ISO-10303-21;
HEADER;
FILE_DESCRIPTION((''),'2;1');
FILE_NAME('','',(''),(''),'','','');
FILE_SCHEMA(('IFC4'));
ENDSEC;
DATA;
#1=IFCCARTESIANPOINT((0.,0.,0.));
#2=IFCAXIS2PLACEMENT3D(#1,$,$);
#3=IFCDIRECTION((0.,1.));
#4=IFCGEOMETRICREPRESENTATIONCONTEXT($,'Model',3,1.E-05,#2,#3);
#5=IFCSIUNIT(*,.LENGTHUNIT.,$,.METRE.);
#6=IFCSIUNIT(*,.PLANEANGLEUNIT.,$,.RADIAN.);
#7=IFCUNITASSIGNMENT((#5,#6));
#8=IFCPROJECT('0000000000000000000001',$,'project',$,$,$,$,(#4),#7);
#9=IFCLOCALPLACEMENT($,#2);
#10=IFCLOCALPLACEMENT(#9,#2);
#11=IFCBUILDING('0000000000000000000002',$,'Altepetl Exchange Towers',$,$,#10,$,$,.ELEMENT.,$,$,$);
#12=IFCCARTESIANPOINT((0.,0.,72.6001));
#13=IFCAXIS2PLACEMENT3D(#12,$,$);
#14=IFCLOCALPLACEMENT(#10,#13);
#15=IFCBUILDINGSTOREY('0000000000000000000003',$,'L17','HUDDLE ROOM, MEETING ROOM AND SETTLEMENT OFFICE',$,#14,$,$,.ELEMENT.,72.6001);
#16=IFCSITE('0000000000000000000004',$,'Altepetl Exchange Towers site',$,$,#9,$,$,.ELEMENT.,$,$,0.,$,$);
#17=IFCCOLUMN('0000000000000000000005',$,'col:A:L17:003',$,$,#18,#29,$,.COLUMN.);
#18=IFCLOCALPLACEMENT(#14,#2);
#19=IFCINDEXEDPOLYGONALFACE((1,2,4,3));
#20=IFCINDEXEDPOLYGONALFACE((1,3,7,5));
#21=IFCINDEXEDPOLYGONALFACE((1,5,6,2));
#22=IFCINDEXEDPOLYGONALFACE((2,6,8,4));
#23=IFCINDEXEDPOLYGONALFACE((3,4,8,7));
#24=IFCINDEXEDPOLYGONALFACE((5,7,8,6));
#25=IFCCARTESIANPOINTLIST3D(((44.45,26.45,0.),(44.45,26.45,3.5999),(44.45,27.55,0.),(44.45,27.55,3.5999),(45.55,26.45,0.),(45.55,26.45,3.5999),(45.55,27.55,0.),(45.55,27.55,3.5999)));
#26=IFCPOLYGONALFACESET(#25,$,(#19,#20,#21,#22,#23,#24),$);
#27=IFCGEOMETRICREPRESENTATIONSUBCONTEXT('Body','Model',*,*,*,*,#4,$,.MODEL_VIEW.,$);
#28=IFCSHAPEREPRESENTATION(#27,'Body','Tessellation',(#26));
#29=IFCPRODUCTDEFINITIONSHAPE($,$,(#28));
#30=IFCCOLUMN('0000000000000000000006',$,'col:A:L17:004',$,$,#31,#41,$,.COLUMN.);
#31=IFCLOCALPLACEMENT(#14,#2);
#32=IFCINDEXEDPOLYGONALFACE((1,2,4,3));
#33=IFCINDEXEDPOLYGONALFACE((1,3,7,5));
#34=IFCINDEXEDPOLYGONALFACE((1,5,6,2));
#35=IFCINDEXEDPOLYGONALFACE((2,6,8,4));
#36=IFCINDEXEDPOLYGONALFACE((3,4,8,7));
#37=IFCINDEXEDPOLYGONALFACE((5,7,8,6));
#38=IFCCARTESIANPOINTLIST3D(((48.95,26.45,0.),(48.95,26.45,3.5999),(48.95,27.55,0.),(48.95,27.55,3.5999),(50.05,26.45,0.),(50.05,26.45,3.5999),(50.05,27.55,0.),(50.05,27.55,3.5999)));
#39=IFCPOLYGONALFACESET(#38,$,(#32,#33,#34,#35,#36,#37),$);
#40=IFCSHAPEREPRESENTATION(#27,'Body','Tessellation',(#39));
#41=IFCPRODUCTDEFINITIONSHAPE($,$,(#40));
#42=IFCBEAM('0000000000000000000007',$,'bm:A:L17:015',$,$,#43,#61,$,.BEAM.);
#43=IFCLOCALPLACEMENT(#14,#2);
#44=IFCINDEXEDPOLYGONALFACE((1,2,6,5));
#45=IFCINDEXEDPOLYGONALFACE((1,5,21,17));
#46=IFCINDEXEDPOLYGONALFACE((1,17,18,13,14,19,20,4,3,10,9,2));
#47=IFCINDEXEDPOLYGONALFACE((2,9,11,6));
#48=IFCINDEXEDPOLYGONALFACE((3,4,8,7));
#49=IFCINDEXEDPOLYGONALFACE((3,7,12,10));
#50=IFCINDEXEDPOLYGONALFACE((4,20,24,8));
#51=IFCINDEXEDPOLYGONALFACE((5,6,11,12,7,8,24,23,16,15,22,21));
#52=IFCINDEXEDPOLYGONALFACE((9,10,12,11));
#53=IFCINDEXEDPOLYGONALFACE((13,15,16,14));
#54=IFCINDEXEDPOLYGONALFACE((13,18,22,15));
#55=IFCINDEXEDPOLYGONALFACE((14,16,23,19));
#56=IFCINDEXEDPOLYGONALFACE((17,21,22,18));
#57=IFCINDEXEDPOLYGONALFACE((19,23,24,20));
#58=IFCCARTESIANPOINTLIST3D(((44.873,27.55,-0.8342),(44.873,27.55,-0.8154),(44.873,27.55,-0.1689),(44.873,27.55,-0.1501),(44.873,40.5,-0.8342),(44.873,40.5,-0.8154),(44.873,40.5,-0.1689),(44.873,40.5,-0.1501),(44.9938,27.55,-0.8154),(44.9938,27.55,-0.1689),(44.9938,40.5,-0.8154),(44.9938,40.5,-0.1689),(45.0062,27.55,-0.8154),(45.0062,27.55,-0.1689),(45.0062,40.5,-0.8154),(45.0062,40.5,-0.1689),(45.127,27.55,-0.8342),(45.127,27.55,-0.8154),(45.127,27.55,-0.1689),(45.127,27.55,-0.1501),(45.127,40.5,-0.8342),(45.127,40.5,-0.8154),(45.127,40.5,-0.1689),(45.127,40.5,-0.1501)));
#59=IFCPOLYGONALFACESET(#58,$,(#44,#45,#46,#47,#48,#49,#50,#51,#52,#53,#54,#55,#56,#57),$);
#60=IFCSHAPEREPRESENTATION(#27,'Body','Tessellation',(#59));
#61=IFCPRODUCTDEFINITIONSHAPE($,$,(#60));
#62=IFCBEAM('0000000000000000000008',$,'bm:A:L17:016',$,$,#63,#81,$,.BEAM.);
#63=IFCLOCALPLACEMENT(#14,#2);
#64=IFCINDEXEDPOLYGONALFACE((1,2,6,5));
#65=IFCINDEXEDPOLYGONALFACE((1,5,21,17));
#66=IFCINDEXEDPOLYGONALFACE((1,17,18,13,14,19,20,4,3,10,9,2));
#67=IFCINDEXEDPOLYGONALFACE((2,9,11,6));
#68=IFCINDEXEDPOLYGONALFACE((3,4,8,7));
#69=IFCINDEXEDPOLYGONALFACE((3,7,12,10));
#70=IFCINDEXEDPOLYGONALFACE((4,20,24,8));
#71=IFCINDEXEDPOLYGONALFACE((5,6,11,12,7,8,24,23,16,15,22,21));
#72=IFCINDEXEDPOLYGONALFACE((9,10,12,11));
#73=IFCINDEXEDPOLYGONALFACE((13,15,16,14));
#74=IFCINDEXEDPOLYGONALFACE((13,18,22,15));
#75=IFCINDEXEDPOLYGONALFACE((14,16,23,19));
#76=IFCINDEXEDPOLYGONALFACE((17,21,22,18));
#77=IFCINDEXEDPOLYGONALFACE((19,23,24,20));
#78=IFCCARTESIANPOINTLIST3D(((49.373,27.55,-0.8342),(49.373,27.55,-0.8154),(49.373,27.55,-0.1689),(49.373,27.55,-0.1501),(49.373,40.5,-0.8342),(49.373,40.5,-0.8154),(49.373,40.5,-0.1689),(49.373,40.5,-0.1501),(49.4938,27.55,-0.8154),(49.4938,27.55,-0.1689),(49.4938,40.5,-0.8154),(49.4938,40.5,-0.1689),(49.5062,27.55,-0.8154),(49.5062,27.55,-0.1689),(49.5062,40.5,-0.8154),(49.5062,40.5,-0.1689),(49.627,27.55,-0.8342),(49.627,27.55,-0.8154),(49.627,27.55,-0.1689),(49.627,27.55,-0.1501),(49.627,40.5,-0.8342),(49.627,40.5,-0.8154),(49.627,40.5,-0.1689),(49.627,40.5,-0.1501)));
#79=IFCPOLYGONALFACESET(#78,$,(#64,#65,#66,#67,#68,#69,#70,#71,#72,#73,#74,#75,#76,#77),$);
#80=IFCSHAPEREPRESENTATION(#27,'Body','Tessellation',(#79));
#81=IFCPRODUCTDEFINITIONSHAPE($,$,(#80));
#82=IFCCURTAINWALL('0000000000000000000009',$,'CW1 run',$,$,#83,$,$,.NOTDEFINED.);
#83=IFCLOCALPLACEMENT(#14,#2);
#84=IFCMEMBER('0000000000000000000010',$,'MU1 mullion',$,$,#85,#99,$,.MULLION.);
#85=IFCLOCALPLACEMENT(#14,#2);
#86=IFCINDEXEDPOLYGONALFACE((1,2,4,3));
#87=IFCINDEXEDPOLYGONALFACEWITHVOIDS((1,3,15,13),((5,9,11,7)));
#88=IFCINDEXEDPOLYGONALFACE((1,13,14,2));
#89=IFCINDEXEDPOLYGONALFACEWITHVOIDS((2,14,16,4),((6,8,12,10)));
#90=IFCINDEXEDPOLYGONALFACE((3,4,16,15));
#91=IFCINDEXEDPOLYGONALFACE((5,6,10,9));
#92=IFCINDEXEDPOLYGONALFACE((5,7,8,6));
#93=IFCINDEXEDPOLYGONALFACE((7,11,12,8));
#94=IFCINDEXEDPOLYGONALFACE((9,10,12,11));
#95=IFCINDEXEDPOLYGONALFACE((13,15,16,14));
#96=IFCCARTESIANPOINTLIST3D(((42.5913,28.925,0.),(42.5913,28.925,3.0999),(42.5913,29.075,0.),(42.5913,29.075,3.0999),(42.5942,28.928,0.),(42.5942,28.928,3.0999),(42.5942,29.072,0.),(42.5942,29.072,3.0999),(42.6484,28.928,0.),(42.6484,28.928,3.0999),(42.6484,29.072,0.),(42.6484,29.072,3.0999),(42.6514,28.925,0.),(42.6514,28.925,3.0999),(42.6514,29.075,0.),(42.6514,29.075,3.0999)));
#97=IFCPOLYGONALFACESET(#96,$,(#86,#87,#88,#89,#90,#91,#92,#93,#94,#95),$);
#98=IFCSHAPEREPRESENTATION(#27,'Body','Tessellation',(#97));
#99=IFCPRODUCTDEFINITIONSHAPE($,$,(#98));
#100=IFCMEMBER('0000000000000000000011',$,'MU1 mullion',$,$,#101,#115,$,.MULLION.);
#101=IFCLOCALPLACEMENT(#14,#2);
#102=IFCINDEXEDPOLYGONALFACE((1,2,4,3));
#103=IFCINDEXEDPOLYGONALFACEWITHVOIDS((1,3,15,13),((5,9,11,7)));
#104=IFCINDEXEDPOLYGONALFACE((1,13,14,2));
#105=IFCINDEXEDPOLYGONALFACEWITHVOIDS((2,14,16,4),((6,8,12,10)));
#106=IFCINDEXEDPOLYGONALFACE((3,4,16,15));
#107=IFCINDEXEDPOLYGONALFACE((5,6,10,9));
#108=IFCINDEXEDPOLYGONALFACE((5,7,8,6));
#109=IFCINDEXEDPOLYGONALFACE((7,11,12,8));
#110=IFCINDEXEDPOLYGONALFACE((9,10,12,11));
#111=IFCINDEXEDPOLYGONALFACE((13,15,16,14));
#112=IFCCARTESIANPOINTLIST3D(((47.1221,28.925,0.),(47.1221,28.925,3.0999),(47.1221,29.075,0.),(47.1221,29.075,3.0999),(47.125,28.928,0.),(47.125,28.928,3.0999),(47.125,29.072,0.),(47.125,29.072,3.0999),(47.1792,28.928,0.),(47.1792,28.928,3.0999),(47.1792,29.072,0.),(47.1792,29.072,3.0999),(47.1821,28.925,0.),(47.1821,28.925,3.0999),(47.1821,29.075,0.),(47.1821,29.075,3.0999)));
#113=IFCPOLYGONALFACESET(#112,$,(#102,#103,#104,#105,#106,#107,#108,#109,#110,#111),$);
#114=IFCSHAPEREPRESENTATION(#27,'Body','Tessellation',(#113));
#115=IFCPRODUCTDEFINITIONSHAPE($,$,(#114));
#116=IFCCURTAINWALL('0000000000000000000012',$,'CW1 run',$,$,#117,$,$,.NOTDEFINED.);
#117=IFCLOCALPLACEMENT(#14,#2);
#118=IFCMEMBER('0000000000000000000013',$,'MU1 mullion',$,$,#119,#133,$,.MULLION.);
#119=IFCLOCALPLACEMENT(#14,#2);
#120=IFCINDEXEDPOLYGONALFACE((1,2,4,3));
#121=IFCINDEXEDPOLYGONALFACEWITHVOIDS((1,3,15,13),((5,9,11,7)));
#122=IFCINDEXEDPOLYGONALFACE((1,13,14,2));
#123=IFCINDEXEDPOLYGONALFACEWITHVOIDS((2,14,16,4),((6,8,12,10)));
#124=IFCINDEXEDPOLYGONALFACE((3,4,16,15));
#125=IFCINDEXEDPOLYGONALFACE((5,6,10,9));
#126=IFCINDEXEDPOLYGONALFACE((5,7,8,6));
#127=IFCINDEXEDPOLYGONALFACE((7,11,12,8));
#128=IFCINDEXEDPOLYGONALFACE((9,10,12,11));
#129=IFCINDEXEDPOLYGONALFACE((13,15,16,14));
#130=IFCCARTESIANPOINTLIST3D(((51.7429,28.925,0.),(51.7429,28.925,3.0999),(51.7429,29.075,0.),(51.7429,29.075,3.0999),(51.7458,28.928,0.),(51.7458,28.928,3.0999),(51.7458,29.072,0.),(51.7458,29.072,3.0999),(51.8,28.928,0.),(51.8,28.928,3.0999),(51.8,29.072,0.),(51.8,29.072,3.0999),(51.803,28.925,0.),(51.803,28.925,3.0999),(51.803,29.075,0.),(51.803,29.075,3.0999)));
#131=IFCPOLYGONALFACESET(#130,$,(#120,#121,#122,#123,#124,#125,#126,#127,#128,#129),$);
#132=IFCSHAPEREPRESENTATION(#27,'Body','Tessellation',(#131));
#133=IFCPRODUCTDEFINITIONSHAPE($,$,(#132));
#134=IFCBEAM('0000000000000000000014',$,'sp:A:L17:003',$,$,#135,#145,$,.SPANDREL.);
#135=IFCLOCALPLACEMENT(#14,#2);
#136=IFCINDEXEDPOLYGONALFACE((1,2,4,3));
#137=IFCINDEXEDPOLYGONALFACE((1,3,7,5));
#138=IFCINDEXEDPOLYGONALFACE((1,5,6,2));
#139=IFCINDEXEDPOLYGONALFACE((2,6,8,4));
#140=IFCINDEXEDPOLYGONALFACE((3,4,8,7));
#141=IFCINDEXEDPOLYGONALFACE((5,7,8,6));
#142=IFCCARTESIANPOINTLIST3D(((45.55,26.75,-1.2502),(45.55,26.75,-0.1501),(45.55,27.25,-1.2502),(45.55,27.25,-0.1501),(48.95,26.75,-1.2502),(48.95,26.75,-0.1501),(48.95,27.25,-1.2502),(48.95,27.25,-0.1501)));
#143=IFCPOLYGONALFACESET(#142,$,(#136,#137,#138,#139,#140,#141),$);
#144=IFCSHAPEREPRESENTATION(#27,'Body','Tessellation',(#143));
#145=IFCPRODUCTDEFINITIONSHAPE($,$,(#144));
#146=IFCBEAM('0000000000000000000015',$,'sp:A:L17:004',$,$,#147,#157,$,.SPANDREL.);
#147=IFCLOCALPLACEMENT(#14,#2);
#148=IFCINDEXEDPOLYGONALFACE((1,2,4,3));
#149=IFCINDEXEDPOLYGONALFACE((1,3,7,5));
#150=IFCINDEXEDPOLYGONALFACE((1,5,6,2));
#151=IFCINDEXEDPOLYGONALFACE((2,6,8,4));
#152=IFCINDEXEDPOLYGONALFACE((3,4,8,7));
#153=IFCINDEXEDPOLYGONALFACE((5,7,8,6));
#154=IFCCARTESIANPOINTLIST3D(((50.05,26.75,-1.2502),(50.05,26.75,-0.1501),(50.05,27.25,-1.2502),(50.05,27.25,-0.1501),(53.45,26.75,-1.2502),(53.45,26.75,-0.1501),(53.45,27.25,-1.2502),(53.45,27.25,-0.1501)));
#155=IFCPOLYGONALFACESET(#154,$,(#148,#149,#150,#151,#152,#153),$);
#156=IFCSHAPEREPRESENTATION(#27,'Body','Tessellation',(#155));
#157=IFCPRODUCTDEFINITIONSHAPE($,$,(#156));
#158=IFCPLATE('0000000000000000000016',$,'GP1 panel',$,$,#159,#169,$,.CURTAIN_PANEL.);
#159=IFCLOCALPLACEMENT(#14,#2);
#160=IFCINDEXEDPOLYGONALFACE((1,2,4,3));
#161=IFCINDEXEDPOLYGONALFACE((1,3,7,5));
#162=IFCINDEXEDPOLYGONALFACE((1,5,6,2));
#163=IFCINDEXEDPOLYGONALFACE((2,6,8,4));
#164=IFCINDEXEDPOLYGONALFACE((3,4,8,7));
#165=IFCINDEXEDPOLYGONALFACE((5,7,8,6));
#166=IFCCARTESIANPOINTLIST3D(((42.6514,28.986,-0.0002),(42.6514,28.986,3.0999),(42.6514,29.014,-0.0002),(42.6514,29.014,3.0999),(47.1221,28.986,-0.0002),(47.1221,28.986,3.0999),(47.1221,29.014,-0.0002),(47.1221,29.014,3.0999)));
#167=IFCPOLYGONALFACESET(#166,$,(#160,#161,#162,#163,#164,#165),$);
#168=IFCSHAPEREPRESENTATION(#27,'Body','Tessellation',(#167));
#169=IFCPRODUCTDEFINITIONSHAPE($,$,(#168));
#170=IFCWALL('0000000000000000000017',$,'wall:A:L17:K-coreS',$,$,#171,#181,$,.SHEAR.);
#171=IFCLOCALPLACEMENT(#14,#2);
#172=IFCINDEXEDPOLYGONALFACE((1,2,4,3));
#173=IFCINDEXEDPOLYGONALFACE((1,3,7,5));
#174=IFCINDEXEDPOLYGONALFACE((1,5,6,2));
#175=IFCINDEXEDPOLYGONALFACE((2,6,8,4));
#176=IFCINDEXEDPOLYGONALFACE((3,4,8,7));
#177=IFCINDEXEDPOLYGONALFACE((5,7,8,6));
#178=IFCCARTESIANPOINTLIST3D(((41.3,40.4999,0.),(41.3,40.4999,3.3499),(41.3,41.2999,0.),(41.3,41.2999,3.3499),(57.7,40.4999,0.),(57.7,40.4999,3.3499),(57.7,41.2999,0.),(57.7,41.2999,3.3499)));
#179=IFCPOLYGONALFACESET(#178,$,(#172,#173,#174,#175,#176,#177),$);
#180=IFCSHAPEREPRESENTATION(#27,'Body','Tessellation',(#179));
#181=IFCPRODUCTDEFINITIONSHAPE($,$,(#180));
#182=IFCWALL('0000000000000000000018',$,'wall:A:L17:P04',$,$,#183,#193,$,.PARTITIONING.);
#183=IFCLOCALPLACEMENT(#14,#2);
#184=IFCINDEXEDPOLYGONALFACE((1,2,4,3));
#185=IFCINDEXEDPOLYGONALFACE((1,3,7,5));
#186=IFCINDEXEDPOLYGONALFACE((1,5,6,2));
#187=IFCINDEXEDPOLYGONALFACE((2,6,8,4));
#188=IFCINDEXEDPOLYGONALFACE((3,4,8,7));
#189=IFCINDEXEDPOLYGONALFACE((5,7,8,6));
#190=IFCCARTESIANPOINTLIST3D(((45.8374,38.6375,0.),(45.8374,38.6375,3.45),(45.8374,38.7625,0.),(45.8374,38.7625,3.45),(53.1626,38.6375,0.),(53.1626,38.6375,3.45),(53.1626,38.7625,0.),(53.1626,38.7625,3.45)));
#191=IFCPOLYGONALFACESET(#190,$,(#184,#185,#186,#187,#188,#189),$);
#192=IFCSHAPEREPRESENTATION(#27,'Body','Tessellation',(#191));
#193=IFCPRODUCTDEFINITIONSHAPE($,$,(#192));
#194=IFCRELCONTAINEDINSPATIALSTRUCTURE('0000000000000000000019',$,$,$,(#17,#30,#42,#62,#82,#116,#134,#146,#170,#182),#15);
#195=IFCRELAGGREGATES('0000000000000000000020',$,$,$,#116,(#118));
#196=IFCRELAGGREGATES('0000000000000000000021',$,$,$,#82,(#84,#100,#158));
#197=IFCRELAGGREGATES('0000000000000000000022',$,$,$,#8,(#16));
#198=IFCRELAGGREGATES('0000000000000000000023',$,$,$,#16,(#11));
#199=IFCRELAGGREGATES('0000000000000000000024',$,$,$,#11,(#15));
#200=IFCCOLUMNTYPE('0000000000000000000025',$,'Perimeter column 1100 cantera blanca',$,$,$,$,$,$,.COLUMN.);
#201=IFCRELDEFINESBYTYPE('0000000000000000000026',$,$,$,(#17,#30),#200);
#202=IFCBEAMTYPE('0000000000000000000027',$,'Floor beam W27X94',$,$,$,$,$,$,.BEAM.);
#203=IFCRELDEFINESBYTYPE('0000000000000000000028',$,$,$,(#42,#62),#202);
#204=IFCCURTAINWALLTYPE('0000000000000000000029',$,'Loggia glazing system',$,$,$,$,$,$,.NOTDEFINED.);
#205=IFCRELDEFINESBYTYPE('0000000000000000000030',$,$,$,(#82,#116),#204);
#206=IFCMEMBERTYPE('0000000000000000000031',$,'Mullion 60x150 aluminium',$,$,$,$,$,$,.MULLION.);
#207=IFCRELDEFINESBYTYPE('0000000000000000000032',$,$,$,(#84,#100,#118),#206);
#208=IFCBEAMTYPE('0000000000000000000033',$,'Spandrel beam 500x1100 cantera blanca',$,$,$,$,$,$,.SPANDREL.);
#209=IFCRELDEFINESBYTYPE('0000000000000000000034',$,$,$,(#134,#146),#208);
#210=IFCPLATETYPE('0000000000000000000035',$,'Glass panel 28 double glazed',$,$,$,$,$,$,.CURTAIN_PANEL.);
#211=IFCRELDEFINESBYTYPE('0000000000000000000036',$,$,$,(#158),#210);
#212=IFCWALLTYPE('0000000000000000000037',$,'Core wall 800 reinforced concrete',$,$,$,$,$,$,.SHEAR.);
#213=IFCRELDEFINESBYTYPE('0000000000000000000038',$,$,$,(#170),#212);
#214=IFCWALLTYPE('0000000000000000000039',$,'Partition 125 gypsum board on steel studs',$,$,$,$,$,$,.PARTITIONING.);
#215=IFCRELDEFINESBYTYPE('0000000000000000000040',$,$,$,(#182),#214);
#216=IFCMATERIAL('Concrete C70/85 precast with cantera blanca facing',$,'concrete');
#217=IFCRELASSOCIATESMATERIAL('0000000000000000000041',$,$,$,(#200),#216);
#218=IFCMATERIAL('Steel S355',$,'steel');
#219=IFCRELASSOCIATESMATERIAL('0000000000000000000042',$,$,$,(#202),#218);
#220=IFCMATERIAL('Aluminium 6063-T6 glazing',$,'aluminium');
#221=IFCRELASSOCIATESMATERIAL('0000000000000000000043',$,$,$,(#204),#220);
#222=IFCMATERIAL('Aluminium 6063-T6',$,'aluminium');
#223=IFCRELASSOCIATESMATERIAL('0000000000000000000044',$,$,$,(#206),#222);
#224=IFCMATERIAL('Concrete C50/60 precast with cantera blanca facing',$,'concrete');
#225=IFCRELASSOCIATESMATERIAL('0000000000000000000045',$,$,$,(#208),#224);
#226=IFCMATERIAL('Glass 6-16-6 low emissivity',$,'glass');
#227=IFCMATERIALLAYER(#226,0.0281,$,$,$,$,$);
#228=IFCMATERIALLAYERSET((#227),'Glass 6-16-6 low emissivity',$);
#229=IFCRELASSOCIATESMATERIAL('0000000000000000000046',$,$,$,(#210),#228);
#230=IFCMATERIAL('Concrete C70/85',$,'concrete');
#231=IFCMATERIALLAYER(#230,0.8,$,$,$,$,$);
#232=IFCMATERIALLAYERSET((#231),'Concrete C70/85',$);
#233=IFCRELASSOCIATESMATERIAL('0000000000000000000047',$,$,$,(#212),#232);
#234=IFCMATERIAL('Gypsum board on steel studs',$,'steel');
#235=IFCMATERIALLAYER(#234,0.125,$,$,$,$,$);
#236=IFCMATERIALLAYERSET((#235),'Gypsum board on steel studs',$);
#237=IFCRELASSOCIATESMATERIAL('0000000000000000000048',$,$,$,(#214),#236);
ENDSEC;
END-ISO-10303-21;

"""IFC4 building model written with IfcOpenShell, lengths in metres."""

from ifc_helpers import new_model, si_unit, direction, frame, frame_2d, origin, origin_2d, place, context, subcontext, project, spatial, rectangle, hollow_rectangle, i_section, extrude, material, layer, layer_set, material_profile, profile_set, type_object, element, aggregate, save


model = new_model("IFC4")

# Units and contexts
model_context = context("Model", 3, precision=1e-05, world=origin(), true_north=direction((0.0, 1.0)))
body_context = subcontext(model_context, "Body", "Model", "MODEL_VIEW")
ifc_project = project(units=[si_unit("LENGTHUNIT", "METRE"), si_unit("PLANEANGLEUNIT", "RADIAN")], contexts=[model_context])

# Site, building, storey
site_placement = place(None, origin())
site = spatial("IfcSite", under=ifc_project, at=site_placement, Name="Altepetl Exchange Towers site", CompositionType="ELEMENT", RefElevation=0.0)
building_placement = place(site_placement, origin())
building = spatial("IfcBuilding", under=site, at=building_placement, Name="Altepetl Exchange Towers", CompositionType="ELEMENT")
storey_placement = place(building_placement, frame((0.0, 0.0, 72.6001)))
storey = spatial("IfcBuildingStorey", under=building, at=storey_placement, Name="L17", Description="HUDDLE ROOM, MEETING ROOM AND SETTLEMENT OFFICE", CompositionType="ELEMENT", Elevation=72.6001)

# Columns
ifc_material_1 = material(Name="Concrete C70/85 precast with cantera blanca facing", Category="concrete")
ifc_material_profile_1 = material_profile(ifc_material_1, rectangle(XDim=1.1001, YDim=1.1001, at=origin_2d()), Name="1100 x 1100")
ifc_profile_set_1 = profile_set([ifc_material_profile_1], Name="Concrete C70/85 precast with cantera blanca facing")
column_type = type_object("IfcColumnType", Name="Perimeter column 1100 cantera blanca", PredefinedType="COLUMN", material=ifc_profile_set_1)
for number, where, name in (
    (1, (45.0, 27.0, 0.0), "col:A:L17:003"),
    (2, (49.5, 27.0, 0.0), "col:A:L17:004"),
):
    element("IfcColumn", number, at=place(storey_placement, frame(where)), inside=storey, type_object=column_type, Name=name, PredefinedType="COLUMN", context=body_context, shape_type="SweptSolid", body=[
        extrude(rectangle(XDim=1.1001, YDim=1.1001, at=origin_2d()), origin(), (0.0, 0.0, 1.0), 3.5999),
    ])

# Beams
ifc_material_2 = material(Name="Steel S355", Category="steel")
ifc_material_profile_2 = material_profile(ifc_material_2, i_section(OverallWidth=0.2539, OverallDepth=0.6841, WebThickness=0.0125, FlangeThickness=0.0188, at=origin_2d()), Name="W27X94")
ifc_profile_set_2 = profile_set([ifc_material_profile_2], Name="Steel S355")
beam_type_1 = type_object("IfcBeamType", Name="Floor beam W27X94", PredefinedType="BEAM", material=ifc_profile_set_2)
for number, where, z_axis, x_axis, name in (
    (3, (45.0, 27.55, -0.4922), (0.0, 1.0, 0.0), (-1.0, 0.0, 0.0), "bm:A:L17:015"),
    (4, (49.5, 27.55, -0.4922), (0.0, 1.0, 0.0), (-1.0, 0.0, 0.0), "bm:A:L17:016"),
):
    element("IfcBeam", number, at=place(storey_placement, frame(where, z_axis=z_axis, x_axis=x_axis)), inside=storey, type_object=beam_type_1, Name=name, PredefinedType="BEAM", context=body_context, shape_type="SweptSolid", body=[
        extrude(i_section(OverallWidth=0.2539, OverallDepth=0.6841, WebThickness=0.0125, FlangeThickness=0.0188, at=origin_2d()), origin(), (0.0, 0.0, 1.0), 12.95),
    ])

# Curtain wall, members
ifc_material_3 = material(Name="Aluminium 6063-T6 glazing", Category="aluminium")
curtain_wall_type = type_object("IfcCurtainWallType", Name="Loggia glazing system", PredefinedType="NOTDEFINED", material=ifc_material_3)
curtain_wall_1_placement = place(storey_placement, origin())
curtain_wall_1 = element("IfcCurtainWall", 5, at=curtain_wall_1_placement, inside=storey, type_object=curtain_wall_type, Name="CW1 run", PredefinedType="NOTDEFINED")
ifc_material_4 = material(Name="Aluminium 6063-T6", Category="aluminium")
ifc_material_profile_3 = material_profile(ifc_material_4, hollow_rectangle(XDim=0.0601, YDim=0.1499, WallThickness=0.0029, at=origin_2d()), Name="Mullion 60x150 aluminium")
ifc_profile_set_3 = profile_set([ifc_material_profile_3], Name="Aluminium 6063-T6")
member_type = type_object("IfcMemberType", Name="Mullion 60x150 aluminium", PredefinedType="MULLION", material=ifc_profile_set_3)
member_1_placement = place(storey_placement, frame((42.6213, 29.0, 0.0)))
member_1 = element("IfcMember", 6, at=member_1_placement, type_object=member_type, Name="MU1 mullion", PredefinedType="MULLION", context=body_context, shape_type="SweptSolid", body=[
    extrude(hollow_rectangle(XDim=0.0601, YDim=0.1499, WallThickness=0.0029, at=origin_2d()), origin(), (0.0, 0.0, 1.0), 3.0999),
])
member_2_placement = place(storey_placement, frame((47.1521, 29.0, 0.0)))
member_2 = element("IfcMember", 7, at=member_2_placement, type_object=member_type, Name="MU1 mullion", PredefinedType="MULLION", context=body_context, shape_type="SweptSolid", body=[
    extrude(hollow_rectangle(XDim=0.0601, YDim=0.1499, WallThickness=0.0029, at=origin_2d()), origin(), (0.0, 0.0, 1.0), 3.0999),
])

# Curtain wall, member
curtain_wall_2_placement = place(storey_placement, origin())
curtain_wall_2 = element("IfcCurtainWall", 8, at=curtain_wall_2_placement, inside=storey, type_object=curtain_wall_type, Name="CW1 run", PredefinedType="NOTDEFINED")
member_3_placement = place(storey_placement, frame((51.7729, 29.0, 0.0)))
member_3 = element("IfcMember", 9, at=member_3_placement, type_object=member_type, Name="MU1 mullion", PredefinedType="MULLION", context=body_context, shape_type="SweptSolid", body=[
    extrude(hollow_rectangle(XDim=0.0601, YDim=0.1499, WallThickness=0.0029, at=origin_2d()), origin(), (0.0, 0.0, 1.0), 3.0999),
])
aggregate(curtain_wall_2, [member_3])

# Beams
ifc_material_5 = material(Name="Concrete C50/60 precast with cantera blanca facing", Category="concrete")
ifc_material_profile_4 = material_profile(ifc_material_5, rectangle(XDim=0.5, YDim=1.1001, at=origin_2d()), Name="500 x 1100")
ifc_profile_set_4 = profile_set([ifc_material_profile_4], Name="Concrete C50/60 precast with cantera blanca facing")
beam_type_2 = type_object("IfcBeamType", Name="Spandrel beam 500x1100 cantera blanca", PredefinedType="SPANDREL", material=ifc_profile_set_4)
for number, where, z_axis, x_axis, name in (
    (10, (45.55, 27.0, -0.7002), (1.0, 0.0, 0.0), (0.0, 1.0, 0.0), "sp:A:L17:003"),
    (11, (50.05, 27.0, -0.7002), (1.0, 0.0, 0.0), (0.0, 1.0, 0.0), "sp:A:L17:004"),
):
    element("IfcBeam", number, at=place(storey_placement, frame(where, z_axis=z_axis, x_axis=x_axis)), inside=storey, type_object=beam_type_2, Name=name, PredefinedType="SPANDREL", context=body_context, shape_type="SweptSolid", body=[
        extrude(rectangle(XDim=0.5, YDim=1.1001, at=origin_2d()), origin(), (0.0, 0.0, 1.0), 3.3999),
    ])

# Plate
ifc_material_6 = material(Name="Glass 6-16-6 low emissivity", Category="glass")
ifc_layer_1 = layer(ifc_material_6, 0.0281)
ifc_layer_set_1 = layer_set([ifc_layer_1], Name="Glass 6-16-6 low emissivity")
plate_type = type_object("IfcPlateType", Name="Glass panel 28 double glazed", PredefinedType="CURTAIN_PANEL", material=ifc_layer_set_1)
plate_placement = place(storey_placement, frame((44.8867, 29.0, -0.0002)))
plate = element("IfcPlate", 12, at=plate_placement, type_object=plate_type, Name="GP1 panel", PredefinedType="CURTAIN_PANEL", context=body_context, shape_type="SweptSolid", body=[
    extrude(rectangle(XDim=4.4707, YDim=0.0281, at=origin_2d()), origin(), (0.0, 0.0, 1.0), 3.1001),
])
aggregate(curtain_wall_1, [member_1, member_2, plate])

# Wall
ifc_material_7 = material(Name="Concrete C70/85", Category="concrete")
ifc_layer_2 = layer(ifc_material_7, 0.8)
ifc_layer_set_2 = layer_set([ifc_layer_2], Name="Concrete C70/85")
wall_type_1 = type_object("IfcWallType", Name="Core wall 800 reinforced concrete", PredefinedType="SHEAR", material=ifc_layer_set_2)
wall_1_placement = place(storey_placement, frame((41.3, 40.8999, 0.0)))
element("IfcWall", 13, at=wall_1_placement, inside=storey, type_object=wall_type_1, Name="wall:A:L17:K-coreS", PredefinedType="SHEAR", context=body_context, shape_type="SweptSolid", body=[
    extrude(rectangle(XDim=16.3999, YDim=0.8, at=frame_2d((8.2, 0.0))), origin(), (0.0, 0.0, 1.0), 3.3499),
])

# Wall
ifc_material_8 = material(Name="Gypsum board on steel studs", Category="steel")
ifc_layer_3 = layer(ifc_material_8, 0.125)
ifc_layer_set_3 = layer_set([ifc_layer_3], Name="Gypsum board on steel studs")
wall_type_2 = type_object("IfcWallType", Name="Partition 125 gypsum board on steel studs", PredefinedType="PARTITIONING", material=ifc_layer_set_3)
wall_2_placement = place(storey_placement, frame((45.8374, 38.7, 0.0)))
element("IfcWall", 14, at=wall_2_placement, inside=storey, type_object=wall_type_2, Name="wall:A:L17:P04", PredefinedType="PARTITIONING", context=body_context, shape_type="SweptSolid", body=[
    extrude(rectangle(XDim=7.3252, YDim=0.125, at=frame_2d((3.6626, 0.0))), origin(), (0.0, 0.0, 1.0), 3.45),
])

save(model, "model.ifc")
